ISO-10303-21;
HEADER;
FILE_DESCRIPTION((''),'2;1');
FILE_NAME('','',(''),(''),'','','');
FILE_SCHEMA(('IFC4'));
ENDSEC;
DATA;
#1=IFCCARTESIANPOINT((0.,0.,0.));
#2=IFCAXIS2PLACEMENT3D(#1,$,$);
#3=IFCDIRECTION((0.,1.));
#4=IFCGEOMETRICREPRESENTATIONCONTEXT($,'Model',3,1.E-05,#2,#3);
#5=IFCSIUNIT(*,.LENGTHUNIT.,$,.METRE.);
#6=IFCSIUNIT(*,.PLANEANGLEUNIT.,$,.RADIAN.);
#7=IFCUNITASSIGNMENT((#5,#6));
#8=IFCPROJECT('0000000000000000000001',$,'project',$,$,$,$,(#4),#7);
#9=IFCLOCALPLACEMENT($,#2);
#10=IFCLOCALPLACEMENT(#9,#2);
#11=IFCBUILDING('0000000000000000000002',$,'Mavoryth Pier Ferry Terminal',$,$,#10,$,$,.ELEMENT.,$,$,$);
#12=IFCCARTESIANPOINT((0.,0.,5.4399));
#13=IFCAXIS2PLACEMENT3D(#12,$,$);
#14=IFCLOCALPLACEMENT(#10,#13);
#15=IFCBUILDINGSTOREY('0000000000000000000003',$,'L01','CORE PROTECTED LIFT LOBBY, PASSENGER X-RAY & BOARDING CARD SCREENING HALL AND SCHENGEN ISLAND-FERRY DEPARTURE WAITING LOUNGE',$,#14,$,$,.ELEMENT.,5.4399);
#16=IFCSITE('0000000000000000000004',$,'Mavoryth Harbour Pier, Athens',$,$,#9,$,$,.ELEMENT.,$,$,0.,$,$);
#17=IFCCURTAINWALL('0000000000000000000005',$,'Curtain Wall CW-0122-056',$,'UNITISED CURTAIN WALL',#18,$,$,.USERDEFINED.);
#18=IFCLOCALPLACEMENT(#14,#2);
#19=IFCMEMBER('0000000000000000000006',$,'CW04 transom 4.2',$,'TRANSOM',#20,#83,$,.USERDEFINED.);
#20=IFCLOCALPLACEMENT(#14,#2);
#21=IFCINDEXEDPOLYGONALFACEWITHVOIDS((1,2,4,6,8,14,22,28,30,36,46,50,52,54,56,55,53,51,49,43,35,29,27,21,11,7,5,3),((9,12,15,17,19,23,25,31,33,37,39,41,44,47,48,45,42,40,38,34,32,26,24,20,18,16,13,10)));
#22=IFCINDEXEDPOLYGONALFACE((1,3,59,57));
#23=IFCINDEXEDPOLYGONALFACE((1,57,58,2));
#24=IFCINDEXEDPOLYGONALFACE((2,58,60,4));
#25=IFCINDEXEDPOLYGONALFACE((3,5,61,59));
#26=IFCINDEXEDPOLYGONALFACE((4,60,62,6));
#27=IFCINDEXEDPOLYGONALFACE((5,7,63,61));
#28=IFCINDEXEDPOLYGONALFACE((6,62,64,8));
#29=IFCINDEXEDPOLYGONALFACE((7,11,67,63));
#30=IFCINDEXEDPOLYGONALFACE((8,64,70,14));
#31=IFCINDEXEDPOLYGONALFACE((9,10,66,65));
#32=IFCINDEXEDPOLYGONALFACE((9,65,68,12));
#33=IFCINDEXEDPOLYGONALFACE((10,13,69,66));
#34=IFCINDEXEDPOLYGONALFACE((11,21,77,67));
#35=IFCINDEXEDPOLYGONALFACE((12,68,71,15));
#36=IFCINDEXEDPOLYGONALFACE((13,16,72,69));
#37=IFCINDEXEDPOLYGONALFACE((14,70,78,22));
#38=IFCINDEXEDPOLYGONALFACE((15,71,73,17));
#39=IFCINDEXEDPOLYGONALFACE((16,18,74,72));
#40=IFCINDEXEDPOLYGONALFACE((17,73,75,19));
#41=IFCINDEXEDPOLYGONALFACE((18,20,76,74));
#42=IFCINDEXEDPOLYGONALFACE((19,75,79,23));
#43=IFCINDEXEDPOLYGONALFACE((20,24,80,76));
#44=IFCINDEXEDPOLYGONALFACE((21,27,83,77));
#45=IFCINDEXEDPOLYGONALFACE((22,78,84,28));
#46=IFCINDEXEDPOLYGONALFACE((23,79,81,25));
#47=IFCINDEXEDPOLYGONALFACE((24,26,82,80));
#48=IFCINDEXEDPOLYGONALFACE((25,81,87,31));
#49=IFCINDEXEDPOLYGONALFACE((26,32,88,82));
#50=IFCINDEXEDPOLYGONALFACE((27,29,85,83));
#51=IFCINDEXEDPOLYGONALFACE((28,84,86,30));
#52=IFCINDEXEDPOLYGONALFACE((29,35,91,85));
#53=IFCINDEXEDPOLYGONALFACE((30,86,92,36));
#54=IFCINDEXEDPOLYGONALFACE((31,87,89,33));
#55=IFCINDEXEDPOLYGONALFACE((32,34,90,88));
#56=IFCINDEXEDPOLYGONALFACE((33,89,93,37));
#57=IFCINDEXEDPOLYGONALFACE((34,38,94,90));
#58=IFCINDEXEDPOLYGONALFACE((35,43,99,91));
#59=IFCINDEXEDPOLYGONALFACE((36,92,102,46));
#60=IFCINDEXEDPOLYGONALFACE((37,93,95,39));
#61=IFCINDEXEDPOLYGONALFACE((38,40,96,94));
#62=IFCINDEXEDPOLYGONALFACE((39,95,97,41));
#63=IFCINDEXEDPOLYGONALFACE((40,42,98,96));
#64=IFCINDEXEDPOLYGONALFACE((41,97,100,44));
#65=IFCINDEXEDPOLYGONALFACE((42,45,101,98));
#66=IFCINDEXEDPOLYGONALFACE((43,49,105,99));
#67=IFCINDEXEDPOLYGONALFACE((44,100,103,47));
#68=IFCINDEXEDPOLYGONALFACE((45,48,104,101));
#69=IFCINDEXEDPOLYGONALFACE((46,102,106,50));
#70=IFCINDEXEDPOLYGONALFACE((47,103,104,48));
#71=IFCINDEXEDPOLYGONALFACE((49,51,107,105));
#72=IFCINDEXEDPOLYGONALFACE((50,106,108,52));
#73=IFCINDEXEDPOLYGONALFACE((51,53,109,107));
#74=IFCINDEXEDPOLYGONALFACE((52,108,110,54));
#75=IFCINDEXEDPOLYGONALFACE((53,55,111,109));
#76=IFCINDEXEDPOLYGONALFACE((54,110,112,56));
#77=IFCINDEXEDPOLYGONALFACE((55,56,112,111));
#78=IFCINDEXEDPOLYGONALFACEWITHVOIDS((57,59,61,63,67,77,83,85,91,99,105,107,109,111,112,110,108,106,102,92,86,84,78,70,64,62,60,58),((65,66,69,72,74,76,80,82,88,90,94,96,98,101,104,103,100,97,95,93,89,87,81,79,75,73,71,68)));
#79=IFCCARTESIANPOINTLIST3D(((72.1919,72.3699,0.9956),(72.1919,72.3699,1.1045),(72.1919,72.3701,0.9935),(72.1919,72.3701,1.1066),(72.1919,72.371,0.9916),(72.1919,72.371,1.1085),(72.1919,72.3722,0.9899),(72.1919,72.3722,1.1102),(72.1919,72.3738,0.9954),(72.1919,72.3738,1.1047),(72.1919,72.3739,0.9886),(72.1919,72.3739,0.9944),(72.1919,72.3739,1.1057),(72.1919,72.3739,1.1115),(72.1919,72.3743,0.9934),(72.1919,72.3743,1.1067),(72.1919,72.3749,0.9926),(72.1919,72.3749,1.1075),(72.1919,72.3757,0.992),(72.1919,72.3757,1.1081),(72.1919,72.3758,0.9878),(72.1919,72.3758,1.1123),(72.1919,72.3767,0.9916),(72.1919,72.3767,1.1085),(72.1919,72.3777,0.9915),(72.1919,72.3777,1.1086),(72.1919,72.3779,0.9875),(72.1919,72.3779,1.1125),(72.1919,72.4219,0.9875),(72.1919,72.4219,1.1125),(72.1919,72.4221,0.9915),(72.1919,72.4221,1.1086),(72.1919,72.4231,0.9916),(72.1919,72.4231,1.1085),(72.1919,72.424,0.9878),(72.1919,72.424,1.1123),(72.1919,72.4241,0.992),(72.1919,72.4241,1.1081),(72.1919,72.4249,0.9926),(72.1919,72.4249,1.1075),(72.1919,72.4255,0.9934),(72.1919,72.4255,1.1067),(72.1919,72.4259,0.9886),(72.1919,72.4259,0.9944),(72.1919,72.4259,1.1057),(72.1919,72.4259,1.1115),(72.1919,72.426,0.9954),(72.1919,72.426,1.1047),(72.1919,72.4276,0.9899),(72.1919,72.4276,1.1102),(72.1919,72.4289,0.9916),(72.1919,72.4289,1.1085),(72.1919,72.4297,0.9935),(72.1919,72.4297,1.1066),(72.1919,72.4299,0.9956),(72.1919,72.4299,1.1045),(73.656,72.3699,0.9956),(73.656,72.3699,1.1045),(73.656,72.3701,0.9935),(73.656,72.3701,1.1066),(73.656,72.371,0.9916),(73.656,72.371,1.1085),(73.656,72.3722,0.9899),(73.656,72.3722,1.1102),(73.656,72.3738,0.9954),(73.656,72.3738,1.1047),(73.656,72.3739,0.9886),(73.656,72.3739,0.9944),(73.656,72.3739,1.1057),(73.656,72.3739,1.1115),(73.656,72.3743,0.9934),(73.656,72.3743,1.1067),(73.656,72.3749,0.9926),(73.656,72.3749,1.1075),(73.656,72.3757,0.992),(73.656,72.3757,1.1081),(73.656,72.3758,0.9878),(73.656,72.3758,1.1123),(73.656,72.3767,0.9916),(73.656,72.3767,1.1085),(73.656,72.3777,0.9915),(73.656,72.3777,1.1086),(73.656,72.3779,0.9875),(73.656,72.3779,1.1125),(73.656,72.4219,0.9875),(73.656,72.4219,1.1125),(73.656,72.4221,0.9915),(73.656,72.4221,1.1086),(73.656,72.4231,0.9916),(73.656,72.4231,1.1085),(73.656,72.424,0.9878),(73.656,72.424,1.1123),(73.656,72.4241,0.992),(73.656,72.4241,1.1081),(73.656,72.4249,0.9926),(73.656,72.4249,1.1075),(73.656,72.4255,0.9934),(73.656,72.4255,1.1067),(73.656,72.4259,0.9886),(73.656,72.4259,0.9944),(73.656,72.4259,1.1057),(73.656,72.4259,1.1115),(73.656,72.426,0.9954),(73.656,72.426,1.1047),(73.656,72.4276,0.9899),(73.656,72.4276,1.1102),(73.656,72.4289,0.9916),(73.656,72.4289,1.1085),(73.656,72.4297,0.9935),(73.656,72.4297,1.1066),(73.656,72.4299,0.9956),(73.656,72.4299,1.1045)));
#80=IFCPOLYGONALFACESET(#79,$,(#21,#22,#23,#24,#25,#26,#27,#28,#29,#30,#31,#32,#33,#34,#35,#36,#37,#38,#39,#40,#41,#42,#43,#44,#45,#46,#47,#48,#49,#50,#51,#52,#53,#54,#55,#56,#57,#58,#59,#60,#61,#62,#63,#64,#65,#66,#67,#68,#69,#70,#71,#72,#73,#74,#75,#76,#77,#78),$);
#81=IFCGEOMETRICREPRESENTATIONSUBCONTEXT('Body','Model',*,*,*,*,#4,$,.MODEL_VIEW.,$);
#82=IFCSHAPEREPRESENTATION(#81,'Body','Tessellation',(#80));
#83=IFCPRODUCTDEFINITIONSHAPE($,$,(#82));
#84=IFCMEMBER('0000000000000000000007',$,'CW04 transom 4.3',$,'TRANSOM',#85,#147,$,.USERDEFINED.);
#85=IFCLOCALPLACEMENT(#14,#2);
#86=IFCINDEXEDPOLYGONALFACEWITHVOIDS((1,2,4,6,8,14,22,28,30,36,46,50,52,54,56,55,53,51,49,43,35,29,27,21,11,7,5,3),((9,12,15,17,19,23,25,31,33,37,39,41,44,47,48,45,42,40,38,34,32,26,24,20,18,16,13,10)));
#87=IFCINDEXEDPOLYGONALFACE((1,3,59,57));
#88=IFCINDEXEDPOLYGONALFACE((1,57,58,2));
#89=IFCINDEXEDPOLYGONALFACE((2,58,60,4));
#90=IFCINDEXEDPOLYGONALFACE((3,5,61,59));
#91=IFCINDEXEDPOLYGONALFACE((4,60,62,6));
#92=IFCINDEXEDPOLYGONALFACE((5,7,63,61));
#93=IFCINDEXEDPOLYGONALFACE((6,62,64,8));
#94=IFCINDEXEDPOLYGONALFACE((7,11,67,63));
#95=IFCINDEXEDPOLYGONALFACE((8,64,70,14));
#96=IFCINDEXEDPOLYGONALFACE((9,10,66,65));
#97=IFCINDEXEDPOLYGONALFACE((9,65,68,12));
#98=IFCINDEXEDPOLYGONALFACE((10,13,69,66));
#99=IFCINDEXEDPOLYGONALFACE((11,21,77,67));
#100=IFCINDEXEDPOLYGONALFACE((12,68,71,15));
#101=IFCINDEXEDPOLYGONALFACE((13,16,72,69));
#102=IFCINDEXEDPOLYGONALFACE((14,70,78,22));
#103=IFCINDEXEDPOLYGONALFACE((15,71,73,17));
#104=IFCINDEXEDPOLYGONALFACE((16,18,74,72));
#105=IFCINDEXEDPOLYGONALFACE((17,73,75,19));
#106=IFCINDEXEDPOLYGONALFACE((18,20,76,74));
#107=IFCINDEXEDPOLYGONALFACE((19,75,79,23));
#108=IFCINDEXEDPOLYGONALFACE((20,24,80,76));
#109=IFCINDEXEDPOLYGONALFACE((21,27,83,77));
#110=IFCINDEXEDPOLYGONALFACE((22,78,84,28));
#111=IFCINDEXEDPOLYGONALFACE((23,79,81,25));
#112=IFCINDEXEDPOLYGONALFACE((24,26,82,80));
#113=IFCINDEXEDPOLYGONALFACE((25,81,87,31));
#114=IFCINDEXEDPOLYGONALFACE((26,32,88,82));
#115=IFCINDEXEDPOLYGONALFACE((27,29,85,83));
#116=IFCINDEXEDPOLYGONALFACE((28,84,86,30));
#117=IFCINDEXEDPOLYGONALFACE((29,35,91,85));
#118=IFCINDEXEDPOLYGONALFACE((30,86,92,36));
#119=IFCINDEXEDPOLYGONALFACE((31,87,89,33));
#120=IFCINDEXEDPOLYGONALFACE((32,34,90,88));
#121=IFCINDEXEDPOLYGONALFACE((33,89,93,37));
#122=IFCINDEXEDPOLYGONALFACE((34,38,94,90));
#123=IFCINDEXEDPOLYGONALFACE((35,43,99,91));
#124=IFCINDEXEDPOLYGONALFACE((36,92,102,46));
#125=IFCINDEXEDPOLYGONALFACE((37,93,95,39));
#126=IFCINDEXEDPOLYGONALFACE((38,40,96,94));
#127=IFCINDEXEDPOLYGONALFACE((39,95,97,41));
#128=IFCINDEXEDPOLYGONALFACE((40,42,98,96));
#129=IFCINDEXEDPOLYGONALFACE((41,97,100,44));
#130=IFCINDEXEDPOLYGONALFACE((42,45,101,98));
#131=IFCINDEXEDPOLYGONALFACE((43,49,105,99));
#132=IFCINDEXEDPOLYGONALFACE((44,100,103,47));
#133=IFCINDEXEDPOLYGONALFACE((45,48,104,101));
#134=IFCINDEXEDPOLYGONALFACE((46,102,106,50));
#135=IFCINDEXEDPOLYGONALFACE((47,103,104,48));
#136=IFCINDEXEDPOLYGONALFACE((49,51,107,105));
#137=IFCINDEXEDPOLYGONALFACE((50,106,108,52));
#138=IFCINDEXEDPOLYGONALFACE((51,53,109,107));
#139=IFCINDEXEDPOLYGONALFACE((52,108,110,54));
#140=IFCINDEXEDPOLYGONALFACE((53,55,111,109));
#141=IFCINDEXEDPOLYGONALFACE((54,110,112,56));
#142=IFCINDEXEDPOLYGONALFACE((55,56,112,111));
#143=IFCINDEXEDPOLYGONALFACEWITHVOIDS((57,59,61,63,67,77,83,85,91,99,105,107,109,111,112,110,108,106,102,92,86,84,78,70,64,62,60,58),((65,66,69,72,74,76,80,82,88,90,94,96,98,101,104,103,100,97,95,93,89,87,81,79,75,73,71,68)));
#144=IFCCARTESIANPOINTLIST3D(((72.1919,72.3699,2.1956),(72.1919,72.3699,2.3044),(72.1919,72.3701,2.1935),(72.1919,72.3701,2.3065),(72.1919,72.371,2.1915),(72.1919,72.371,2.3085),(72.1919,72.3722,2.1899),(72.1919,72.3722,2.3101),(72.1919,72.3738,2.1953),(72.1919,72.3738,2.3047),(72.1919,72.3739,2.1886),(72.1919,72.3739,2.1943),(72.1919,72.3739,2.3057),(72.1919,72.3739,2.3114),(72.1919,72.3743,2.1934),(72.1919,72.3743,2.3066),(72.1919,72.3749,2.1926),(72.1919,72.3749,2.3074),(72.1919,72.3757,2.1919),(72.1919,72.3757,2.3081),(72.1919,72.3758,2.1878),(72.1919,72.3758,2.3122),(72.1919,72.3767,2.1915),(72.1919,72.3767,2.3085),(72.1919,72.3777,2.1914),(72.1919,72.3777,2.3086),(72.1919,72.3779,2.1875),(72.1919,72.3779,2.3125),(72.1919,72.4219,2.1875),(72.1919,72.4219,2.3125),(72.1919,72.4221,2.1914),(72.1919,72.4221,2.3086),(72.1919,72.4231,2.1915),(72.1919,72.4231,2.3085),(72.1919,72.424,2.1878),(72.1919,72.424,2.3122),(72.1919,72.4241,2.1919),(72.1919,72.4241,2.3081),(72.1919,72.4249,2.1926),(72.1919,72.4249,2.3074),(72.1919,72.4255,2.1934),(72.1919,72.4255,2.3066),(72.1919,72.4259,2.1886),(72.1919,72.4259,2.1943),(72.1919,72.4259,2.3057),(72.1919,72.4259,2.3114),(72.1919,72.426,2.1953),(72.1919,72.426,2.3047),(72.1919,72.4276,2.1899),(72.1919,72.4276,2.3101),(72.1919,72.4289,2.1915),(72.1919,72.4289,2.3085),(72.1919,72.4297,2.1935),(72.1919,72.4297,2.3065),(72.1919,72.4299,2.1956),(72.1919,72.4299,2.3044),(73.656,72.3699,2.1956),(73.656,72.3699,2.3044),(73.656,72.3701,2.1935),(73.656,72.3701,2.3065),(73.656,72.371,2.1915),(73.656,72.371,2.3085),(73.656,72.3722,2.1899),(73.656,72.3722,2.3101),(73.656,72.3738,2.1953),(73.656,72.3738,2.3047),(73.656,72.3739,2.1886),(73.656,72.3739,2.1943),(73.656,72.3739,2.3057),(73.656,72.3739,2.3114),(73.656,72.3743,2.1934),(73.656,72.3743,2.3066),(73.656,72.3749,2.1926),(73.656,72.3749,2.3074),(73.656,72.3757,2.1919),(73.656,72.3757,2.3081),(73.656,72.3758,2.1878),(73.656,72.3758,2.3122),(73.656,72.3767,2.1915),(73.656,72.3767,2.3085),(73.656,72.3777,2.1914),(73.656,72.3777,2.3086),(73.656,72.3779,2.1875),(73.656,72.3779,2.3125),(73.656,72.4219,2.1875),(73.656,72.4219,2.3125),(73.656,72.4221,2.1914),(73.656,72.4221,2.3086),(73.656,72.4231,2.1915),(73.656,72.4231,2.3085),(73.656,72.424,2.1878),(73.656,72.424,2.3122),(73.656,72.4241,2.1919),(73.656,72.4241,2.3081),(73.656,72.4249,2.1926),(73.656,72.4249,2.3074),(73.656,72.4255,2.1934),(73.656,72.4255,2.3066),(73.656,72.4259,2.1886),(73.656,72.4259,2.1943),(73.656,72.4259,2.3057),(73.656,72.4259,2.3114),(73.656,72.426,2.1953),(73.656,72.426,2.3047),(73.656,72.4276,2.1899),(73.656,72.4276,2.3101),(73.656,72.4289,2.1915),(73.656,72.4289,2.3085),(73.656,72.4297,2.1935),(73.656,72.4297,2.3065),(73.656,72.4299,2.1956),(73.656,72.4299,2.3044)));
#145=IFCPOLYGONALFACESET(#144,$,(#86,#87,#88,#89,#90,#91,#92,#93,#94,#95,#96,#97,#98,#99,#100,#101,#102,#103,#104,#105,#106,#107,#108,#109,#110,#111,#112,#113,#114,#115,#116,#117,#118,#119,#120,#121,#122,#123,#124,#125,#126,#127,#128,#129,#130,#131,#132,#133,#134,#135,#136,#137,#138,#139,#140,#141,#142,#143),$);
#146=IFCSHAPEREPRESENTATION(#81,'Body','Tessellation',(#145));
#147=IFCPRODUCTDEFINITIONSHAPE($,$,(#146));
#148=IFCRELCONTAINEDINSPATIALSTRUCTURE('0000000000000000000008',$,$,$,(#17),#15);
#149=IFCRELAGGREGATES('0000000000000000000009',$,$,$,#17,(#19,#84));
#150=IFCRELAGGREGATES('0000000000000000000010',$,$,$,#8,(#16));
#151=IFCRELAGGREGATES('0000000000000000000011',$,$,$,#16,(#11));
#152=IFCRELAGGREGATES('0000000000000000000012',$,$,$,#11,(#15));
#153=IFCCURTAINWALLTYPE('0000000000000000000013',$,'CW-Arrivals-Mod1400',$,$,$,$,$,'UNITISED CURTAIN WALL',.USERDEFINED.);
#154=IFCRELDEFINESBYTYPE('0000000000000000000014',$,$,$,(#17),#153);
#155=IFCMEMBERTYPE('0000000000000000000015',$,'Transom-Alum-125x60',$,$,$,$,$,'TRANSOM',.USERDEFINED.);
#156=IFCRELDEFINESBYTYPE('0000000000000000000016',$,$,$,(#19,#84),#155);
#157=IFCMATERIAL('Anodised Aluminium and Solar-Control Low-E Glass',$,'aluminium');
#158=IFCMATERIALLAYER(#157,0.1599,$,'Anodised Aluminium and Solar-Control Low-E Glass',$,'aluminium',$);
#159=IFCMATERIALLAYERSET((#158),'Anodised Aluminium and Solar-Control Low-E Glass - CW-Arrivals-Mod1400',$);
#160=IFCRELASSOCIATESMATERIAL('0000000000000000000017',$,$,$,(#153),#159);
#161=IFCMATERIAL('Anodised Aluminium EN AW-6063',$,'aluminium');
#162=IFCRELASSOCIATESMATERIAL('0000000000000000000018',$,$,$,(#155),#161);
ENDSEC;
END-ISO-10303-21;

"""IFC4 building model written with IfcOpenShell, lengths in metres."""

from ifc_helpers import new_model, si_unit, direction, frame, origin, origin_2d, place, context, subcontext, project, spatial, hollow_rectangle, extrude, material, layer, layer_set, material_profile, profile_set, type_object, element, aggregate, save


model = new_model("IFC4")

# Units and contexts
model_context = context("Model", 3, precision=1e-05, world=origin(), true_north=direction((0.0, 1.0)))
body_context = subcontext(model_context, "Body", "Model", "MODEL_VIEW")
ifc_project = project(units=[si_unit("LENGTHUNIT", "METRE"), si_unit("PLANEANGLEUNIT", "RADIAN")], contexts=[model_context])

# Site, building, storey
site_placement = place(None, origin())
site = spatial("IfcSite", under=ifc_project, at=site_placement, Name="Mavoryth Harbour Pier, Athens", CompositionType="ELEMENT", RefElevation=0.0)
building_placement = place(site_placement, origin())
building = spatial("IfcBuilding", under=site, at=building_placement, Name="Mavoryth Pier Ferry Terminal", CompositionType="ELEMENT")
storey_placement = place(building_placement, frame((0.0, 0.0, 5.4399)))
storey = spatial("IfcBuildingStorey", under=building, at=storey_placement, Name="L01", Description="CORE PROTECTED LIFT LOBBY, PASSENGER X-RAY & BOARDING CARD SCREENING HALL AND SCHENGEN ISLAND-FERRY DEPARTURE WAITING LOUNGE", CompositionType="ELEMENT", Elevation=5.4399)

# Curtain wall, members
ifc_material_1 = material(Name="Anodised Aluminium and Solar-Control Low-E Glass", Category="aluminium")
ifc_layer_1 = layer(ifc_material_1, 0.1599, Name="Anodised Aluminium and Solar-Control Low-E Glass", Category="aluminium")
ifc_layer_set_1 = layer_set([ifc_layer_1], Name="Anodised Aluminium and Solar-Control Low-E Glass - CW-Arrivals-Mod1400")
curtain_wall_type = type_object("IfcCurtainWallType", Name="CW-Arrivals-Mod1400", ElementType="UNITISED CURTAIN WALL", PredefinedType="USERDEFINED", material=ifc_layer_set_1)
curtain_wall_placement = place(storey_placement, origin())
curtain_wall = element("IfcCurtainWall", 1, at=curtain_wall_placement, inside=storey, type_object=curtain_wall_type, Name="Curtain Wall CW-0122-056", ObjectType="UNITISED CURTAIN WALL", PredefinedType="USERDEFINED")
ifc_material_2 = material(Name="Anodised Aluminium EN AW-6063", Category="aluminium")
ifc_material_profile_1 = material_profile(ifc_material_2, hollow_rectangle(XDim=0.0601, YDim=0.125, WallThickness=0.0039, InnerFilletRadius=0.0039, OuterFilletRadius=0.0081, at=origin_2d()), Name="AL-TRAN 125x60x4", Category="aluminium")
ifc_profile_set_1 = profile_set([ifc_material_profile_1], Name="Anodised Aluminium EN AW-6063 - AL-TRAN 125x60x4")
member_type_1 = type_object("IfcMemberType", Name="Transom-Alum-125x60", ElementType="TRANSOM", PredefinedType="USERDEFINED", material=ifc_profile_set_1)
member_1_placement = place(storey_placement, frame((72.1919, 72.3999, 1.05), z_axis=(1.0, 0.0, 0.0), x_axis=(0.0, 1.0, 0.0)))
member_1 = element("IfcMember", 2, at=member_1_placement, type_object=member_type_1, Name="CW04 transom 4.2", ObjectType="TRANSOM", PredefinedType="USERDEFINED", context=body_context, shape_type="SweptSolid", body=[
    extrude(hollow_rectangle(XDim=0.0601, YDim=0.125, WallThickness=0.0039, InnerFilletRadius=0.0039, OuterFilletRadius=0.0081, at=origin_2d()), origin(), (0.0, 0.0, 1.0), 1.4641),
])
member_2_placement = place(storey_placement, frame((72.1919, 72.3999, 2.25), z_axis=(1.0, 0.0, 0.0), x_axis=(0.0, 1.0, 0.0)))
member_2 = element("IfcMember", 3, at=member_2_placement, type_object=member_type_1, Name="CW04 transom 4.3", ObjectType="TRANSOM", PredefinedType="USERDEFINED", context=body_context, shape_type="SweptSolid", body=[
    extrude(hollow_rectangle(XDim=0.0601, YDim=0.125, WallThickness=0.0039, InnerFilletRadius=0.0039, OuterFilletRadius=0.0081, at=origin_2d()), origin(), (0.0, 0.0, 1.0), 1.4641),
])
aggregate(curtain_wall, [member_1, member_2])

save(model, "model.ifc")
